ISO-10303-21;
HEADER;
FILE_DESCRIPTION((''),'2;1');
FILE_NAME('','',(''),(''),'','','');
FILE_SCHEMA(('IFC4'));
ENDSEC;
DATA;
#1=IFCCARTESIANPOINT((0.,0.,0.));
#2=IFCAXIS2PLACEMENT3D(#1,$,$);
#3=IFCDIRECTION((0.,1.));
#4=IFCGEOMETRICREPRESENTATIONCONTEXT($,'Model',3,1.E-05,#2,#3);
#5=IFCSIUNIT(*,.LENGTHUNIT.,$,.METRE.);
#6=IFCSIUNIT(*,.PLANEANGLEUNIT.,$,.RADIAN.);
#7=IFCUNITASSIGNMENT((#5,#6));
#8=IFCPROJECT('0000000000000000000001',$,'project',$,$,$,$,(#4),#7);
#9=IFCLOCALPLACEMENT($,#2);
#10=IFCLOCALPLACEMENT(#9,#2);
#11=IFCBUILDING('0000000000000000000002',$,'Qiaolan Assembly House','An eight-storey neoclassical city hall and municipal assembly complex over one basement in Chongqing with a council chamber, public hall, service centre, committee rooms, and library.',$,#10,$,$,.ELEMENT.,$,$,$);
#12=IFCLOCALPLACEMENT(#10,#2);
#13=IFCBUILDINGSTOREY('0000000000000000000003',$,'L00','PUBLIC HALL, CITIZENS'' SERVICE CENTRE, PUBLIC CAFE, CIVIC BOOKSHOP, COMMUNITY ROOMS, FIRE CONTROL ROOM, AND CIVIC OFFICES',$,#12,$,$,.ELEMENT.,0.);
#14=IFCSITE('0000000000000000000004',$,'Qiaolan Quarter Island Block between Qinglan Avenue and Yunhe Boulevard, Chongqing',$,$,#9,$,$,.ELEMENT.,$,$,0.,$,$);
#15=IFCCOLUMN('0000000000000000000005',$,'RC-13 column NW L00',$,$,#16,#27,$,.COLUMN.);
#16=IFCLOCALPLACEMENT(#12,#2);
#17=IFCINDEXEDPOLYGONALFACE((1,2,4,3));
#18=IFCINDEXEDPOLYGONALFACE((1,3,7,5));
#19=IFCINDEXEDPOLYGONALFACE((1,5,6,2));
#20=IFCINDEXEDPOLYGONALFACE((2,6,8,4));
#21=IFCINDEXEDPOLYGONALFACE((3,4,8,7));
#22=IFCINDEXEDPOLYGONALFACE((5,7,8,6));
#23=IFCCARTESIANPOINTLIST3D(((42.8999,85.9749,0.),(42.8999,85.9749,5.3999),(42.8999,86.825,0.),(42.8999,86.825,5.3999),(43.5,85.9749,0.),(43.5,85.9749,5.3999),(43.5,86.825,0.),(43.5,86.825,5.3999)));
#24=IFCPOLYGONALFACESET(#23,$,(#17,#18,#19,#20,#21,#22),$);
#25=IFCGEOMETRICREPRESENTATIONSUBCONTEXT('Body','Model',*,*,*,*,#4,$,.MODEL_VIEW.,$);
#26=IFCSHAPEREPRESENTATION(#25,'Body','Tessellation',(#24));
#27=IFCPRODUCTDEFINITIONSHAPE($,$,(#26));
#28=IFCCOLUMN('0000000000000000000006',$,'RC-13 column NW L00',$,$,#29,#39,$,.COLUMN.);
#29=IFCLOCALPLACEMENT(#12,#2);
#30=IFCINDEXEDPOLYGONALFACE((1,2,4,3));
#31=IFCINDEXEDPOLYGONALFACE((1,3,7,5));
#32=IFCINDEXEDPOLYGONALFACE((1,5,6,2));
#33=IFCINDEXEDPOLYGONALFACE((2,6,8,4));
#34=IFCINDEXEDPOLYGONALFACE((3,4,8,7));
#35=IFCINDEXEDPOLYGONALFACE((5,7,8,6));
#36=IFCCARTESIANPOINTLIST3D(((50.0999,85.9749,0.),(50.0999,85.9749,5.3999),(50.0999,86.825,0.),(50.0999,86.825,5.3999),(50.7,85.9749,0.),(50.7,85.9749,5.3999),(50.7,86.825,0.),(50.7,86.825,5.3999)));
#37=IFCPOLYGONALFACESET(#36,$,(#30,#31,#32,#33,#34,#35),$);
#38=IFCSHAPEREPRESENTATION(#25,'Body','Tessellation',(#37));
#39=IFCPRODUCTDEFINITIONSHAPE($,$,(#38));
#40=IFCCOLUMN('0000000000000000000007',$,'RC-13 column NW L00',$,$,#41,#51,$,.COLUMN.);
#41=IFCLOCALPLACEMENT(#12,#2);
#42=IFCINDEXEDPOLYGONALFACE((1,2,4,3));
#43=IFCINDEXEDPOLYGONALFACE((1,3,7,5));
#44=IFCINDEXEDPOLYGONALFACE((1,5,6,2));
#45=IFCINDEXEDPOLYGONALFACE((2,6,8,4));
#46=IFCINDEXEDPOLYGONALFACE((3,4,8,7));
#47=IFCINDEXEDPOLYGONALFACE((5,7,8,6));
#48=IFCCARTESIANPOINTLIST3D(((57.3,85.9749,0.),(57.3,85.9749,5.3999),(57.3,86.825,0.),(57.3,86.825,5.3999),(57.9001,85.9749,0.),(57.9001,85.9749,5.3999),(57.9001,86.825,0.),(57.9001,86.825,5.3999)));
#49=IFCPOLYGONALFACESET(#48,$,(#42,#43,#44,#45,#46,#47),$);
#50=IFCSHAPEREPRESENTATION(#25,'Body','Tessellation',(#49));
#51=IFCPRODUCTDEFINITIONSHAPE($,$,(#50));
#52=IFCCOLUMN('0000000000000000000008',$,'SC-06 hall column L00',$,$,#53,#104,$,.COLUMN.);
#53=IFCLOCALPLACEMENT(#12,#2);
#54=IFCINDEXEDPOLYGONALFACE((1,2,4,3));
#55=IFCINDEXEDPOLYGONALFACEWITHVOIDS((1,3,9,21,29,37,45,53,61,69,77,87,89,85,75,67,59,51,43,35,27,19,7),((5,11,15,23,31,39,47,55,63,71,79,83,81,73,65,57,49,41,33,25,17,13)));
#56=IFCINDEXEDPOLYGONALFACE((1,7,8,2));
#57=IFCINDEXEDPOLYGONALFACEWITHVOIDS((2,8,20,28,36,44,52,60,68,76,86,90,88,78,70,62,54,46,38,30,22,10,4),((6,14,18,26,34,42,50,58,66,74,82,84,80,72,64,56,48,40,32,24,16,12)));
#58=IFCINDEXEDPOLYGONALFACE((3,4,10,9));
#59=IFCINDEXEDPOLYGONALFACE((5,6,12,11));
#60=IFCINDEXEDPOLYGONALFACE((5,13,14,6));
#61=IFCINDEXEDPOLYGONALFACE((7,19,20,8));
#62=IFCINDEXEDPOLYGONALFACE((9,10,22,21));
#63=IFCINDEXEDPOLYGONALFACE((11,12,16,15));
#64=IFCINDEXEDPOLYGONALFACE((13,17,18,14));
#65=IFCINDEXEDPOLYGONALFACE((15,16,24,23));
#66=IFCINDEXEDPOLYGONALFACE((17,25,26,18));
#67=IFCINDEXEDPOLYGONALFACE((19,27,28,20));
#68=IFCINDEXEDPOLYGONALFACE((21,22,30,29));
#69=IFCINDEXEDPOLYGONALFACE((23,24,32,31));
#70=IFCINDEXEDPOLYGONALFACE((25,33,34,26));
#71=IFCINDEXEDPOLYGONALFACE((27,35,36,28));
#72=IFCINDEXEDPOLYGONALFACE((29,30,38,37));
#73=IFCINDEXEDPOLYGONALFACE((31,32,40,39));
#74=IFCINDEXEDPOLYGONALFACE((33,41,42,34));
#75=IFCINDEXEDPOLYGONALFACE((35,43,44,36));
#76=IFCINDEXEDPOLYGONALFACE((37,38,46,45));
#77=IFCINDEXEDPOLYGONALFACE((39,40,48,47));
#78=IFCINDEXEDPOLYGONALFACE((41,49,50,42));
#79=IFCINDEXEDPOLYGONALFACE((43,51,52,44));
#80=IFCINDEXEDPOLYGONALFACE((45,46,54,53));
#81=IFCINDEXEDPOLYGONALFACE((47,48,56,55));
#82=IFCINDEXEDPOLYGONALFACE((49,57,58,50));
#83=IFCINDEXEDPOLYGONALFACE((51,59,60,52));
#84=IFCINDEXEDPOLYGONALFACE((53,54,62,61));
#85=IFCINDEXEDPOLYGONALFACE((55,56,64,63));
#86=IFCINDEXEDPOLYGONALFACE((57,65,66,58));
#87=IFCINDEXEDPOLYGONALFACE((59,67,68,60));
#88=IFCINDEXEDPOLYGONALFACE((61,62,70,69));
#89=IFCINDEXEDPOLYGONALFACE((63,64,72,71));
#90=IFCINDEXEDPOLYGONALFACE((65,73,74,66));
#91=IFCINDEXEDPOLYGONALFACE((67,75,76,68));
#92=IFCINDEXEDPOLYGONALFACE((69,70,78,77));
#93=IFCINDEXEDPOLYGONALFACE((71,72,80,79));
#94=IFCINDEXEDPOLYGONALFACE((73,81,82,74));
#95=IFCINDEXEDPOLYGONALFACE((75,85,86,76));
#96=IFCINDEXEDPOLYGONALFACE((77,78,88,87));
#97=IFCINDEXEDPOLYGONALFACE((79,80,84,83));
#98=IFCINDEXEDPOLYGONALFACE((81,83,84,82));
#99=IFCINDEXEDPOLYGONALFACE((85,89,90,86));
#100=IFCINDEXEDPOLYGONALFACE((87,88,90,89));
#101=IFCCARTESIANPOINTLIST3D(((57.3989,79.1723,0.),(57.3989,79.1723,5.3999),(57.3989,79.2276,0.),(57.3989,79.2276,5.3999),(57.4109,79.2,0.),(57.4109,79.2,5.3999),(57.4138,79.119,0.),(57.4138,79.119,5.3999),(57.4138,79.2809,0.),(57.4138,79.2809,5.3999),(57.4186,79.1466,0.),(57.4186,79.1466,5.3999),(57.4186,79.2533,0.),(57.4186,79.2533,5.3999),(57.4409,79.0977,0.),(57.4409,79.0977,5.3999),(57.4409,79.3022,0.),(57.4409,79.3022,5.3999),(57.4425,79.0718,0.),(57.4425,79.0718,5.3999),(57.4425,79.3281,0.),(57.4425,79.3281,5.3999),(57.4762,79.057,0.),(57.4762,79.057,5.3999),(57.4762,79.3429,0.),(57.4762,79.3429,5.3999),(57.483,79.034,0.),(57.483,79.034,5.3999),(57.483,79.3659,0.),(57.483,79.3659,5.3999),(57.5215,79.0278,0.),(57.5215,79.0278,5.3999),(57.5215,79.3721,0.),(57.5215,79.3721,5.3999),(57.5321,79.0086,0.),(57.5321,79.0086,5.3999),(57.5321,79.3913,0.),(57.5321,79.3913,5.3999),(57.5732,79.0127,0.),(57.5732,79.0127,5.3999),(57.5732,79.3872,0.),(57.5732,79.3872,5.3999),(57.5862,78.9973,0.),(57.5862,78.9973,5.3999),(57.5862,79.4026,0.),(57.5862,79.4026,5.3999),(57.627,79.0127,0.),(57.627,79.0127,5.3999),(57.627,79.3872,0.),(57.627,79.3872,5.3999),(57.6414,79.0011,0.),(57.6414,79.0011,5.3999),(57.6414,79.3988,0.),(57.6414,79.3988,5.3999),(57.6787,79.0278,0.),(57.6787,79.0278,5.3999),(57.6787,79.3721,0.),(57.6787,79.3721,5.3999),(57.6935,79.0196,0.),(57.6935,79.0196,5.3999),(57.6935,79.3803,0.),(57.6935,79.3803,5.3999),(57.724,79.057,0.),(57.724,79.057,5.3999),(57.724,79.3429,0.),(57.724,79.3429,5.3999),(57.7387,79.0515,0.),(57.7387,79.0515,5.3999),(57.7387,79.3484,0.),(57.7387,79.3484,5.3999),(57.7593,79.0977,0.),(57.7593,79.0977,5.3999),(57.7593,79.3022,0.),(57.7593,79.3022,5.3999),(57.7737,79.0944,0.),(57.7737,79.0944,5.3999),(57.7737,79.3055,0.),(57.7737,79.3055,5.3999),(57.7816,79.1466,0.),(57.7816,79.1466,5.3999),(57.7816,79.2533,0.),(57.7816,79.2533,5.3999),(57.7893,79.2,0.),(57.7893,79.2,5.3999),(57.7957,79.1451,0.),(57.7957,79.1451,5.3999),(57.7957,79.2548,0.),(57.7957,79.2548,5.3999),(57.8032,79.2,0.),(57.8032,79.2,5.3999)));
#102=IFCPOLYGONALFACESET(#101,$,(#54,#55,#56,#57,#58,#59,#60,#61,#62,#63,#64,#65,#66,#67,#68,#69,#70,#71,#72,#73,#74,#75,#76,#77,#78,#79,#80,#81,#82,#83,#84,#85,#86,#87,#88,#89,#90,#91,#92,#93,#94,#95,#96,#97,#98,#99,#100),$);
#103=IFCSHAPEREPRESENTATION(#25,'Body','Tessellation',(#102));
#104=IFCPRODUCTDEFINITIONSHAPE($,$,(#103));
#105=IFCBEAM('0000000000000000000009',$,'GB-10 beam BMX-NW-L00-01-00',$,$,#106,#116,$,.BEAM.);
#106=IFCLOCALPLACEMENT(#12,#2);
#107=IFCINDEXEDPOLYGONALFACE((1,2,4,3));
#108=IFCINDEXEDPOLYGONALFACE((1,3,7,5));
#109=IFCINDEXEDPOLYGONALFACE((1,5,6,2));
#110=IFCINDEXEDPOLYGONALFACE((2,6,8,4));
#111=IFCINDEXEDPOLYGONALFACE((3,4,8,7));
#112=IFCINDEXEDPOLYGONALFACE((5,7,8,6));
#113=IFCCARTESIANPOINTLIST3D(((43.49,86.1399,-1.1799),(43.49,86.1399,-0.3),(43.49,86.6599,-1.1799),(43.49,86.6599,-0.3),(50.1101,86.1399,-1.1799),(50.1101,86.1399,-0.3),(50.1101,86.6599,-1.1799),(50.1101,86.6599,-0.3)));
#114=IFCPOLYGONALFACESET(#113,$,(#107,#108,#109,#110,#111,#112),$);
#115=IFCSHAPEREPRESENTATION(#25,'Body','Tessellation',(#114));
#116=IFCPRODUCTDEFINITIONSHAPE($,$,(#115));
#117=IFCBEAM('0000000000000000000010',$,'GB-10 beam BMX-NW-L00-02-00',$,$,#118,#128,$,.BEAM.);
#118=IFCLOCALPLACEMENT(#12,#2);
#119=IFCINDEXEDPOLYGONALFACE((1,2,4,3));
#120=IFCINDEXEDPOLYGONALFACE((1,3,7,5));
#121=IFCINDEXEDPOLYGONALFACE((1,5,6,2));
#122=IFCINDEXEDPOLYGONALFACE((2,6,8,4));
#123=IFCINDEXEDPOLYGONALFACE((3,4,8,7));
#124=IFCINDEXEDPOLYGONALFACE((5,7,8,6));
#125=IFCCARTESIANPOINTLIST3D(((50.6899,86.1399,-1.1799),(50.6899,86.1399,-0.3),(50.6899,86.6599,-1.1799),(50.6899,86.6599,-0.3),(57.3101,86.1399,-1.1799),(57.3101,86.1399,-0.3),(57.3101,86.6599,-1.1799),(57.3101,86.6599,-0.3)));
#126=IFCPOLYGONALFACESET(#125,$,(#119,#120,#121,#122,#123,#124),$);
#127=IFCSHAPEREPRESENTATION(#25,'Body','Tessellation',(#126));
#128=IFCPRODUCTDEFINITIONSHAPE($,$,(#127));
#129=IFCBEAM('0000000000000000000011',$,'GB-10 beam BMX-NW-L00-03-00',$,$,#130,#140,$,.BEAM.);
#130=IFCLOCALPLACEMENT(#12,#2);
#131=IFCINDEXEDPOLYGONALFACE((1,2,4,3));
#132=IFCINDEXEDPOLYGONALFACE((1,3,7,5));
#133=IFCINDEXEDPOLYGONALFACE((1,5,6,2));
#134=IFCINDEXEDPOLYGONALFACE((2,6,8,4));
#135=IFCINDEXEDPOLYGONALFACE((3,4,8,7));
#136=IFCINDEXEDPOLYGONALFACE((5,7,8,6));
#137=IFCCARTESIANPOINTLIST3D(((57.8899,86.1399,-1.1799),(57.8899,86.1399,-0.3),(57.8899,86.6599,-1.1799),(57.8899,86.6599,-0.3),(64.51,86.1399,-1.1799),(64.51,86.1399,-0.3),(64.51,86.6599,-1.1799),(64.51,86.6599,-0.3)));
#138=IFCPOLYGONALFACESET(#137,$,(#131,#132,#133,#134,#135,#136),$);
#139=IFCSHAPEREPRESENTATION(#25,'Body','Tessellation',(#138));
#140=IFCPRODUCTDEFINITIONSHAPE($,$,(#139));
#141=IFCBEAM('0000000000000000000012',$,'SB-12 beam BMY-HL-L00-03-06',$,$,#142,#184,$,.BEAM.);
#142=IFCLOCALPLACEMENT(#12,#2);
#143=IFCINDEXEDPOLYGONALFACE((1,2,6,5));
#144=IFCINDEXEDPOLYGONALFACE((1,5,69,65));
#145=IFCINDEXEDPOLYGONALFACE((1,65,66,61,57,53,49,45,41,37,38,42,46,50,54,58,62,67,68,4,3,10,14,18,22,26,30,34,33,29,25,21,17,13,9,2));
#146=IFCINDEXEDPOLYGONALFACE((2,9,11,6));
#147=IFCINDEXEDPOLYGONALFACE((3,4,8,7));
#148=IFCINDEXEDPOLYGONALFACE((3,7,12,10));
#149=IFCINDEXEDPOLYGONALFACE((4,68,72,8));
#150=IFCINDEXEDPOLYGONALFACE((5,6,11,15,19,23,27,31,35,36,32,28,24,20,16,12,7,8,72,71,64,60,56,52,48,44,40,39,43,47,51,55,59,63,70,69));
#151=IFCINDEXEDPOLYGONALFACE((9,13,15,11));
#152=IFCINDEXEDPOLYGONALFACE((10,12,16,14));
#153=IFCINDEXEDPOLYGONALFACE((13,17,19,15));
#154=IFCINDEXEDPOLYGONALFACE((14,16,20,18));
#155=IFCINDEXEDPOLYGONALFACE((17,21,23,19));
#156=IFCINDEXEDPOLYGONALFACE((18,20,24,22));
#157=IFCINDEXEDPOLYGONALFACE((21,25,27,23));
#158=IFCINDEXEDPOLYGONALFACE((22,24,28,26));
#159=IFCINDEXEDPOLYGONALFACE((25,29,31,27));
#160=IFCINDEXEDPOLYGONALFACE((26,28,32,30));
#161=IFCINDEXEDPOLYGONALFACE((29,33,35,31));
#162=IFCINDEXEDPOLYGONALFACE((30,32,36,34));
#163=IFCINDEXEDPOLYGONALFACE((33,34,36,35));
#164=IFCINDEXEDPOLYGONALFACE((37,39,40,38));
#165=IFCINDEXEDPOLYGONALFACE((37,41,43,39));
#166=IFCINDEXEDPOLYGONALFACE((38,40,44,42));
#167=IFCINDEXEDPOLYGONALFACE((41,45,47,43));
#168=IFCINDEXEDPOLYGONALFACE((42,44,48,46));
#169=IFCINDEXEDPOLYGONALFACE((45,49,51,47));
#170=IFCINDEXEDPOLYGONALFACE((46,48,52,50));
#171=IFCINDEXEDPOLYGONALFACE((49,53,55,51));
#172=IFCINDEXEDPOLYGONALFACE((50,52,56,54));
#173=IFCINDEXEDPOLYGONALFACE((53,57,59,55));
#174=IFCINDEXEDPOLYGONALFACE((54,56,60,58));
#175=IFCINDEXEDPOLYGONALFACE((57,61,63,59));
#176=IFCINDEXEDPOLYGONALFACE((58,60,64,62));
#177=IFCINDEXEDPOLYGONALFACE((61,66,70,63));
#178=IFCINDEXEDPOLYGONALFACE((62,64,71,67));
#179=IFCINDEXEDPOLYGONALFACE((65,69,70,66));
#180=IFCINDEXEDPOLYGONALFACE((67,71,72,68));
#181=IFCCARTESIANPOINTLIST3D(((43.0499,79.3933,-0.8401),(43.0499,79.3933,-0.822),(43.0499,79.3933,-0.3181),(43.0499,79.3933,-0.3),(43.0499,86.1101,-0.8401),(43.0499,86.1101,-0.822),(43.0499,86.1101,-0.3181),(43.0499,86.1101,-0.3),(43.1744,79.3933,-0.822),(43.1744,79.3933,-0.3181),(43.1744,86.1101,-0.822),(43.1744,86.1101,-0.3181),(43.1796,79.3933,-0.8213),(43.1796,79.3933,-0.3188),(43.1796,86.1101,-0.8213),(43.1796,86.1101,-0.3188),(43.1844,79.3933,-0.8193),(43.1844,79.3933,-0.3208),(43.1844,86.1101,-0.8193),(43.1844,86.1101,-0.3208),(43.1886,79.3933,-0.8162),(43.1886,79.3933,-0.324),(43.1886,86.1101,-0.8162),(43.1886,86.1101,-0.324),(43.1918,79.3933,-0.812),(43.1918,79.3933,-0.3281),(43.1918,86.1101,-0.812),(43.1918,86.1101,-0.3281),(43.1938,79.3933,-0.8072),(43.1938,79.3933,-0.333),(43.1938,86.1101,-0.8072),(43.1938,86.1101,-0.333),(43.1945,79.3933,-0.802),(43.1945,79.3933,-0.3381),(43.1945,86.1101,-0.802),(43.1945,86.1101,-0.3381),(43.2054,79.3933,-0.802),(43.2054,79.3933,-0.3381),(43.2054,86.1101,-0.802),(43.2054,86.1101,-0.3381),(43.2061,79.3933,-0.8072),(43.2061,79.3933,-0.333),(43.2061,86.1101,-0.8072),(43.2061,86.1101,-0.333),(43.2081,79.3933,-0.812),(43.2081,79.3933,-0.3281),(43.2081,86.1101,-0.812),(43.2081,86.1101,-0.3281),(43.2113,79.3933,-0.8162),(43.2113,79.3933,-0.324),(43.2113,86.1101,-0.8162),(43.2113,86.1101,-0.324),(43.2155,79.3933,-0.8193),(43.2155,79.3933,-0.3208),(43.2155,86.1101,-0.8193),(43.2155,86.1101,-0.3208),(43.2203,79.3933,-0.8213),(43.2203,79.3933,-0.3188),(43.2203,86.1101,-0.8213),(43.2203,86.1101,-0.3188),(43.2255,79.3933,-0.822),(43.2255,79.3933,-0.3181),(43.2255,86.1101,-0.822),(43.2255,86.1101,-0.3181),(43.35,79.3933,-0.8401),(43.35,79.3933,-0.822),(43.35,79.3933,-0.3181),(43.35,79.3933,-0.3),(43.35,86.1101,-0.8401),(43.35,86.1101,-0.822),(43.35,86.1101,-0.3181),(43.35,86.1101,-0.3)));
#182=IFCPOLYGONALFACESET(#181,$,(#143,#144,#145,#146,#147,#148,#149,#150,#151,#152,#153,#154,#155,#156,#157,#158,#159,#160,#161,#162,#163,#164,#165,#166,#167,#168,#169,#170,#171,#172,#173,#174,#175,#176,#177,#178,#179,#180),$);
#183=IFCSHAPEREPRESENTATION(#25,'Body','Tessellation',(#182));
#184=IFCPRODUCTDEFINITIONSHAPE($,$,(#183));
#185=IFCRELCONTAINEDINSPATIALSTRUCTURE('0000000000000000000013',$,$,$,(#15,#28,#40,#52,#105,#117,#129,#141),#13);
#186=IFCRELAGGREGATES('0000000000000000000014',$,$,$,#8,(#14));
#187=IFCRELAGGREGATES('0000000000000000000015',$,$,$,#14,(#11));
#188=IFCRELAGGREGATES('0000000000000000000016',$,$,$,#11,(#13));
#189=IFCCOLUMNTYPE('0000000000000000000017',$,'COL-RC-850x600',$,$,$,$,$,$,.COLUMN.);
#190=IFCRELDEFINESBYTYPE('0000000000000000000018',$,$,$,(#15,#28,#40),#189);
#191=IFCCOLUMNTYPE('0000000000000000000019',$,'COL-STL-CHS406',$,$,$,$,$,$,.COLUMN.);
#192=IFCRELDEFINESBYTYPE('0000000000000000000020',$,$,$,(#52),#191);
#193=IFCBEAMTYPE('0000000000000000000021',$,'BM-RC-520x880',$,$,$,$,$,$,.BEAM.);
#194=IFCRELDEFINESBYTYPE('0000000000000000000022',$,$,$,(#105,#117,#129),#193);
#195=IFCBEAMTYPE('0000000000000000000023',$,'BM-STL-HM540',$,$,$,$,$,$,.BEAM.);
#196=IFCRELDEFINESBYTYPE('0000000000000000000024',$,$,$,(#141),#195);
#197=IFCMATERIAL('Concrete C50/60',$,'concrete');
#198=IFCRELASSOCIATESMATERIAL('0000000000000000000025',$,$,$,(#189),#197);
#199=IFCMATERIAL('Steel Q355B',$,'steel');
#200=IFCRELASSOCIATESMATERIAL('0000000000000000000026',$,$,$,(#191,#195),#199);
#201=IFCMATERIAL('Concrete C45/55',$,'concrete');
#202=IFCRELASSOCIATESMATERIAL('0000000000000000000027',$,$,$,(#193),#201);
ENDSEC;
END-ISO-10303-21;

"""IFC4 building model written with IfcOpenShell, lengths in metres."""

from ifc_helpers import new_model, si_unit, direction, frame, origin, origin_2d, place, context, subcontext, project, spatial, rectangle, hollow_circle, i_section, extrude, material, material_profile, profile_set, type_object, element, save


model = new_model("IFC4")

# Units and contexts
model_context = context("Model", 3, precision=1e-05, world=origin(), true_north=direction((0.0, 1.0)))
body_context = subcontext(model_context, "Body", "Model", "MODEL_VIEW")
ifc_project = project(units=[si_unit("LENGTHUNIT", "METRE"), si_unit("PLANEANGLEUNIT", "RADIAN")], contexts=[model_context])

# Site, building, storey
site_placement = place(None, origin())
site = spatial("IfcSite", under=ifc_project, at=site_placement, Name="Qiaolan Quarter Island Block between Qinglan Avenue and Yunhe Boulevard, Chongqing", CompositionType="ELEMENT", RefElevation=0.0)
building_placement = place(site_placement, origin())
building = spatial("IfcBuilding", under=site, at=building_placement, Name="Qiaolan Assembly House", Description="An eight-storey neoclassical city hall and municipal assembly complex over one basement in Chongqing with a council chamber, public hall, service centre, committee rooms, and library.", CompositionType="ELEMENT")
storey_placement = place(building_placement, origin())
storey = spatial("IfcBuildingStorey", under=building, at=storey_placement, Name="L00", Description="PUBLIC HALL, CITIZENS' SERVICE CENTRE, PUBLIC CAFE, CIVIC BOOKSHOP, COMMUNITY ROOMS, FIRE CONTROL ROOM, AND CIVIC OFFICES", CompositionType="ELEMENT", Elevation=0.0)

# Columns
ifc_material_1 = material(Name="Concrete C50/60", Category="concrete")
ifc_material_profile_1 = material_profile(ifc_material_1, rectangle(XDim=0.6001, YDim=0.8501, at=origin_2d()), Name="RC 850x600")
ifc_profile_set_1 = profile_set([ifc_material_profile_1], Name="Concrete C50/60")
column_type_1 = type_object("IfcColumnType", Name="COL-RC-850x600", PredefinedType="COLUMN", material=ifc_profile_set_1)
for number, where, z_axis, x_axis, name in (
    (1, (43.2, 86.3999, 0.0), (0.0, 0.0, 1.0), (1.0, 0.0, 0.0), "RC-13 column NW L00"),
    (2, (50.3999, 86.3999, 0.0), (0.0, 0.0, 1.0), (1.0, 0.0, 0.0), "RC-13 column NW L00"),
    (3, (57.6001, 86.3999, 0.0), (0.0, 0.0, 1.0), (1.0, 0.0, 0.0), "RC-13 column NW L00"),
):
    element("IfcColumn", number, at=place(storey_placement, frame(where, z_axis=z_axis, x_axis=x_axis)), inside=storey, type_object=column_type_1, Name=name, PredefinedType="COLUMN", context=body_context, shape_type="SweptSolid", body=[
        extrude(rectangle(XDim=0.6001, YDim=0.8501, at=origin_2d()), origin(), (0.0, 0.0, 1.0), 5.3999),
    ])
ifc_material_2 = material(Name="Steel Q355B", Category="steel")
ifc_material_profile_2 = material_profile(ifc_material_2, hollow_circle(Radius=0.2031, WallThickness=0.0139, at=origin_2d()), Name="CHS 406.4x14")
ifc_profile_set_2 = profile_set([ifc_material_profile_2], Name="Steel Q355B")
column_type_2 = type_object("IfcColumnType", Name="COL-STL-CHS406", PredefinedType="COLUMN", material=ifc_profile_set_2)
column_placement = place(storey_placement, frame((57.6001, 79.2, 0.0), z_axis=(0.0, 0.0, 1.0), x_axis=(1.0, 0.0, 0.0)))
element("IfcColumn", 4, at=column_placement, inside=storey, type_object=column_type_2, Name="SC-06 hall column L00", PredefinedType="COLUMN", context=body_context, shape_type="SweptSolid", body=[
    extrude(hollow_circle(Radius=0.2031, WallThickness=0.0139, at=origin_2d()), origin(), (0.0, 0.0, 1.0), 5.3999),
])

# Beams
ifc_material_3 = material(Name="Concrete C45/55", Category="concrete")
ifc_material_profile_3 = material_profile(ifc_material_3, rectangle(XDim=0.52, YDim=0.8799, at=origin_2d()), Name="RCB 520x880")
ifc_profile_set_3 = profile_set([ifc_material_profile_3], Name="Concrete C45/55")
beam_type_1 = type_object("IfcBeamType", Name="BM-RC-520x880", PredefinedType="BEAM", material=ifc_profile_set_3)
for number, where, z_axis, x_axis, name in (
    (5, (43.49, 86.3999, -0.74), (1.0, 0.0, 0.0), (0.0, 1.0, 0.0), "GB-10 beam BMX-NW-L00-01-00"),
    (6, (50.6899, 86.3999, -0.74), (1.0, 0.0, 0.0), (0.0, 1.0, 0.0), "GB-10 beam BMX-NW-L00-02-00"),
    (7, (57.8899, 86.3999, -0.74), (1.0, 0.0, 0.0), (0.0, 1.0, 0.0), "GB-10 beam BMX-NW-L00-03-00"),
):
    element("IfcBeam", number, at=place(storey_placement, frame(where, z_axis=z_axis, x_axis=x_axis)), inside=storey, type_object=beam_type_1, Name=name, PredefinedType="BEAM", context=body_context, shape_type="SweptSolid", body=[
        extrude(rectangle(XDim=0.52, YDim=0.8799, at=origin_2d()), origin(), (0.0, 0.0, 1.0), 6.6201),
    ])
ifc_material_profile_4 = material_profile(ifc_material_2, i_section(OverallWidth=0.3, OverallDepth=0.54, WebThickness=0.011, FlangeThickness=0.0181, FilletRadius=0.02, at=origin_2d()), Name="HM 540x300x11x18")
ifc_profile_set_4 = profile_set([ifc_material_profile_4], Name="Steel Q355B")
beam_type_2 = type_object("IfcBeamType", Name="BM-STL-HM540", PredefinedType="BEAM", material=ifc_profile_set_4)
for number, where, z_axis, x_axis, name in (
    (8, (43.2, 79.3933, -0.5701), (0.0, 1.0, 0.0), (-1.0, 0.0, 0.0), "SB-12 beam BMY-HL-L00-03-06"),
):
    element("IfcBeam", number, at=place(storey_placement, frame(where, z_axis=z_axis, x_axis=x_axis)), inside=storey, type_object=beam_type_2, Name=name, PredefinedType="BEAM", context=body_context, shape_type="SweptSolid", body=[
        extrude(i_section(OverallWidth=0.3, OverallDepth=0.54, WebThickness=0.011, FlangeThickness=0.0181, FilletRadius=0.02, at=origin_2d()), origin(), (0.0, 0.0, 1.0), 6.7168),
    ])

save(model, "model.ifc")
